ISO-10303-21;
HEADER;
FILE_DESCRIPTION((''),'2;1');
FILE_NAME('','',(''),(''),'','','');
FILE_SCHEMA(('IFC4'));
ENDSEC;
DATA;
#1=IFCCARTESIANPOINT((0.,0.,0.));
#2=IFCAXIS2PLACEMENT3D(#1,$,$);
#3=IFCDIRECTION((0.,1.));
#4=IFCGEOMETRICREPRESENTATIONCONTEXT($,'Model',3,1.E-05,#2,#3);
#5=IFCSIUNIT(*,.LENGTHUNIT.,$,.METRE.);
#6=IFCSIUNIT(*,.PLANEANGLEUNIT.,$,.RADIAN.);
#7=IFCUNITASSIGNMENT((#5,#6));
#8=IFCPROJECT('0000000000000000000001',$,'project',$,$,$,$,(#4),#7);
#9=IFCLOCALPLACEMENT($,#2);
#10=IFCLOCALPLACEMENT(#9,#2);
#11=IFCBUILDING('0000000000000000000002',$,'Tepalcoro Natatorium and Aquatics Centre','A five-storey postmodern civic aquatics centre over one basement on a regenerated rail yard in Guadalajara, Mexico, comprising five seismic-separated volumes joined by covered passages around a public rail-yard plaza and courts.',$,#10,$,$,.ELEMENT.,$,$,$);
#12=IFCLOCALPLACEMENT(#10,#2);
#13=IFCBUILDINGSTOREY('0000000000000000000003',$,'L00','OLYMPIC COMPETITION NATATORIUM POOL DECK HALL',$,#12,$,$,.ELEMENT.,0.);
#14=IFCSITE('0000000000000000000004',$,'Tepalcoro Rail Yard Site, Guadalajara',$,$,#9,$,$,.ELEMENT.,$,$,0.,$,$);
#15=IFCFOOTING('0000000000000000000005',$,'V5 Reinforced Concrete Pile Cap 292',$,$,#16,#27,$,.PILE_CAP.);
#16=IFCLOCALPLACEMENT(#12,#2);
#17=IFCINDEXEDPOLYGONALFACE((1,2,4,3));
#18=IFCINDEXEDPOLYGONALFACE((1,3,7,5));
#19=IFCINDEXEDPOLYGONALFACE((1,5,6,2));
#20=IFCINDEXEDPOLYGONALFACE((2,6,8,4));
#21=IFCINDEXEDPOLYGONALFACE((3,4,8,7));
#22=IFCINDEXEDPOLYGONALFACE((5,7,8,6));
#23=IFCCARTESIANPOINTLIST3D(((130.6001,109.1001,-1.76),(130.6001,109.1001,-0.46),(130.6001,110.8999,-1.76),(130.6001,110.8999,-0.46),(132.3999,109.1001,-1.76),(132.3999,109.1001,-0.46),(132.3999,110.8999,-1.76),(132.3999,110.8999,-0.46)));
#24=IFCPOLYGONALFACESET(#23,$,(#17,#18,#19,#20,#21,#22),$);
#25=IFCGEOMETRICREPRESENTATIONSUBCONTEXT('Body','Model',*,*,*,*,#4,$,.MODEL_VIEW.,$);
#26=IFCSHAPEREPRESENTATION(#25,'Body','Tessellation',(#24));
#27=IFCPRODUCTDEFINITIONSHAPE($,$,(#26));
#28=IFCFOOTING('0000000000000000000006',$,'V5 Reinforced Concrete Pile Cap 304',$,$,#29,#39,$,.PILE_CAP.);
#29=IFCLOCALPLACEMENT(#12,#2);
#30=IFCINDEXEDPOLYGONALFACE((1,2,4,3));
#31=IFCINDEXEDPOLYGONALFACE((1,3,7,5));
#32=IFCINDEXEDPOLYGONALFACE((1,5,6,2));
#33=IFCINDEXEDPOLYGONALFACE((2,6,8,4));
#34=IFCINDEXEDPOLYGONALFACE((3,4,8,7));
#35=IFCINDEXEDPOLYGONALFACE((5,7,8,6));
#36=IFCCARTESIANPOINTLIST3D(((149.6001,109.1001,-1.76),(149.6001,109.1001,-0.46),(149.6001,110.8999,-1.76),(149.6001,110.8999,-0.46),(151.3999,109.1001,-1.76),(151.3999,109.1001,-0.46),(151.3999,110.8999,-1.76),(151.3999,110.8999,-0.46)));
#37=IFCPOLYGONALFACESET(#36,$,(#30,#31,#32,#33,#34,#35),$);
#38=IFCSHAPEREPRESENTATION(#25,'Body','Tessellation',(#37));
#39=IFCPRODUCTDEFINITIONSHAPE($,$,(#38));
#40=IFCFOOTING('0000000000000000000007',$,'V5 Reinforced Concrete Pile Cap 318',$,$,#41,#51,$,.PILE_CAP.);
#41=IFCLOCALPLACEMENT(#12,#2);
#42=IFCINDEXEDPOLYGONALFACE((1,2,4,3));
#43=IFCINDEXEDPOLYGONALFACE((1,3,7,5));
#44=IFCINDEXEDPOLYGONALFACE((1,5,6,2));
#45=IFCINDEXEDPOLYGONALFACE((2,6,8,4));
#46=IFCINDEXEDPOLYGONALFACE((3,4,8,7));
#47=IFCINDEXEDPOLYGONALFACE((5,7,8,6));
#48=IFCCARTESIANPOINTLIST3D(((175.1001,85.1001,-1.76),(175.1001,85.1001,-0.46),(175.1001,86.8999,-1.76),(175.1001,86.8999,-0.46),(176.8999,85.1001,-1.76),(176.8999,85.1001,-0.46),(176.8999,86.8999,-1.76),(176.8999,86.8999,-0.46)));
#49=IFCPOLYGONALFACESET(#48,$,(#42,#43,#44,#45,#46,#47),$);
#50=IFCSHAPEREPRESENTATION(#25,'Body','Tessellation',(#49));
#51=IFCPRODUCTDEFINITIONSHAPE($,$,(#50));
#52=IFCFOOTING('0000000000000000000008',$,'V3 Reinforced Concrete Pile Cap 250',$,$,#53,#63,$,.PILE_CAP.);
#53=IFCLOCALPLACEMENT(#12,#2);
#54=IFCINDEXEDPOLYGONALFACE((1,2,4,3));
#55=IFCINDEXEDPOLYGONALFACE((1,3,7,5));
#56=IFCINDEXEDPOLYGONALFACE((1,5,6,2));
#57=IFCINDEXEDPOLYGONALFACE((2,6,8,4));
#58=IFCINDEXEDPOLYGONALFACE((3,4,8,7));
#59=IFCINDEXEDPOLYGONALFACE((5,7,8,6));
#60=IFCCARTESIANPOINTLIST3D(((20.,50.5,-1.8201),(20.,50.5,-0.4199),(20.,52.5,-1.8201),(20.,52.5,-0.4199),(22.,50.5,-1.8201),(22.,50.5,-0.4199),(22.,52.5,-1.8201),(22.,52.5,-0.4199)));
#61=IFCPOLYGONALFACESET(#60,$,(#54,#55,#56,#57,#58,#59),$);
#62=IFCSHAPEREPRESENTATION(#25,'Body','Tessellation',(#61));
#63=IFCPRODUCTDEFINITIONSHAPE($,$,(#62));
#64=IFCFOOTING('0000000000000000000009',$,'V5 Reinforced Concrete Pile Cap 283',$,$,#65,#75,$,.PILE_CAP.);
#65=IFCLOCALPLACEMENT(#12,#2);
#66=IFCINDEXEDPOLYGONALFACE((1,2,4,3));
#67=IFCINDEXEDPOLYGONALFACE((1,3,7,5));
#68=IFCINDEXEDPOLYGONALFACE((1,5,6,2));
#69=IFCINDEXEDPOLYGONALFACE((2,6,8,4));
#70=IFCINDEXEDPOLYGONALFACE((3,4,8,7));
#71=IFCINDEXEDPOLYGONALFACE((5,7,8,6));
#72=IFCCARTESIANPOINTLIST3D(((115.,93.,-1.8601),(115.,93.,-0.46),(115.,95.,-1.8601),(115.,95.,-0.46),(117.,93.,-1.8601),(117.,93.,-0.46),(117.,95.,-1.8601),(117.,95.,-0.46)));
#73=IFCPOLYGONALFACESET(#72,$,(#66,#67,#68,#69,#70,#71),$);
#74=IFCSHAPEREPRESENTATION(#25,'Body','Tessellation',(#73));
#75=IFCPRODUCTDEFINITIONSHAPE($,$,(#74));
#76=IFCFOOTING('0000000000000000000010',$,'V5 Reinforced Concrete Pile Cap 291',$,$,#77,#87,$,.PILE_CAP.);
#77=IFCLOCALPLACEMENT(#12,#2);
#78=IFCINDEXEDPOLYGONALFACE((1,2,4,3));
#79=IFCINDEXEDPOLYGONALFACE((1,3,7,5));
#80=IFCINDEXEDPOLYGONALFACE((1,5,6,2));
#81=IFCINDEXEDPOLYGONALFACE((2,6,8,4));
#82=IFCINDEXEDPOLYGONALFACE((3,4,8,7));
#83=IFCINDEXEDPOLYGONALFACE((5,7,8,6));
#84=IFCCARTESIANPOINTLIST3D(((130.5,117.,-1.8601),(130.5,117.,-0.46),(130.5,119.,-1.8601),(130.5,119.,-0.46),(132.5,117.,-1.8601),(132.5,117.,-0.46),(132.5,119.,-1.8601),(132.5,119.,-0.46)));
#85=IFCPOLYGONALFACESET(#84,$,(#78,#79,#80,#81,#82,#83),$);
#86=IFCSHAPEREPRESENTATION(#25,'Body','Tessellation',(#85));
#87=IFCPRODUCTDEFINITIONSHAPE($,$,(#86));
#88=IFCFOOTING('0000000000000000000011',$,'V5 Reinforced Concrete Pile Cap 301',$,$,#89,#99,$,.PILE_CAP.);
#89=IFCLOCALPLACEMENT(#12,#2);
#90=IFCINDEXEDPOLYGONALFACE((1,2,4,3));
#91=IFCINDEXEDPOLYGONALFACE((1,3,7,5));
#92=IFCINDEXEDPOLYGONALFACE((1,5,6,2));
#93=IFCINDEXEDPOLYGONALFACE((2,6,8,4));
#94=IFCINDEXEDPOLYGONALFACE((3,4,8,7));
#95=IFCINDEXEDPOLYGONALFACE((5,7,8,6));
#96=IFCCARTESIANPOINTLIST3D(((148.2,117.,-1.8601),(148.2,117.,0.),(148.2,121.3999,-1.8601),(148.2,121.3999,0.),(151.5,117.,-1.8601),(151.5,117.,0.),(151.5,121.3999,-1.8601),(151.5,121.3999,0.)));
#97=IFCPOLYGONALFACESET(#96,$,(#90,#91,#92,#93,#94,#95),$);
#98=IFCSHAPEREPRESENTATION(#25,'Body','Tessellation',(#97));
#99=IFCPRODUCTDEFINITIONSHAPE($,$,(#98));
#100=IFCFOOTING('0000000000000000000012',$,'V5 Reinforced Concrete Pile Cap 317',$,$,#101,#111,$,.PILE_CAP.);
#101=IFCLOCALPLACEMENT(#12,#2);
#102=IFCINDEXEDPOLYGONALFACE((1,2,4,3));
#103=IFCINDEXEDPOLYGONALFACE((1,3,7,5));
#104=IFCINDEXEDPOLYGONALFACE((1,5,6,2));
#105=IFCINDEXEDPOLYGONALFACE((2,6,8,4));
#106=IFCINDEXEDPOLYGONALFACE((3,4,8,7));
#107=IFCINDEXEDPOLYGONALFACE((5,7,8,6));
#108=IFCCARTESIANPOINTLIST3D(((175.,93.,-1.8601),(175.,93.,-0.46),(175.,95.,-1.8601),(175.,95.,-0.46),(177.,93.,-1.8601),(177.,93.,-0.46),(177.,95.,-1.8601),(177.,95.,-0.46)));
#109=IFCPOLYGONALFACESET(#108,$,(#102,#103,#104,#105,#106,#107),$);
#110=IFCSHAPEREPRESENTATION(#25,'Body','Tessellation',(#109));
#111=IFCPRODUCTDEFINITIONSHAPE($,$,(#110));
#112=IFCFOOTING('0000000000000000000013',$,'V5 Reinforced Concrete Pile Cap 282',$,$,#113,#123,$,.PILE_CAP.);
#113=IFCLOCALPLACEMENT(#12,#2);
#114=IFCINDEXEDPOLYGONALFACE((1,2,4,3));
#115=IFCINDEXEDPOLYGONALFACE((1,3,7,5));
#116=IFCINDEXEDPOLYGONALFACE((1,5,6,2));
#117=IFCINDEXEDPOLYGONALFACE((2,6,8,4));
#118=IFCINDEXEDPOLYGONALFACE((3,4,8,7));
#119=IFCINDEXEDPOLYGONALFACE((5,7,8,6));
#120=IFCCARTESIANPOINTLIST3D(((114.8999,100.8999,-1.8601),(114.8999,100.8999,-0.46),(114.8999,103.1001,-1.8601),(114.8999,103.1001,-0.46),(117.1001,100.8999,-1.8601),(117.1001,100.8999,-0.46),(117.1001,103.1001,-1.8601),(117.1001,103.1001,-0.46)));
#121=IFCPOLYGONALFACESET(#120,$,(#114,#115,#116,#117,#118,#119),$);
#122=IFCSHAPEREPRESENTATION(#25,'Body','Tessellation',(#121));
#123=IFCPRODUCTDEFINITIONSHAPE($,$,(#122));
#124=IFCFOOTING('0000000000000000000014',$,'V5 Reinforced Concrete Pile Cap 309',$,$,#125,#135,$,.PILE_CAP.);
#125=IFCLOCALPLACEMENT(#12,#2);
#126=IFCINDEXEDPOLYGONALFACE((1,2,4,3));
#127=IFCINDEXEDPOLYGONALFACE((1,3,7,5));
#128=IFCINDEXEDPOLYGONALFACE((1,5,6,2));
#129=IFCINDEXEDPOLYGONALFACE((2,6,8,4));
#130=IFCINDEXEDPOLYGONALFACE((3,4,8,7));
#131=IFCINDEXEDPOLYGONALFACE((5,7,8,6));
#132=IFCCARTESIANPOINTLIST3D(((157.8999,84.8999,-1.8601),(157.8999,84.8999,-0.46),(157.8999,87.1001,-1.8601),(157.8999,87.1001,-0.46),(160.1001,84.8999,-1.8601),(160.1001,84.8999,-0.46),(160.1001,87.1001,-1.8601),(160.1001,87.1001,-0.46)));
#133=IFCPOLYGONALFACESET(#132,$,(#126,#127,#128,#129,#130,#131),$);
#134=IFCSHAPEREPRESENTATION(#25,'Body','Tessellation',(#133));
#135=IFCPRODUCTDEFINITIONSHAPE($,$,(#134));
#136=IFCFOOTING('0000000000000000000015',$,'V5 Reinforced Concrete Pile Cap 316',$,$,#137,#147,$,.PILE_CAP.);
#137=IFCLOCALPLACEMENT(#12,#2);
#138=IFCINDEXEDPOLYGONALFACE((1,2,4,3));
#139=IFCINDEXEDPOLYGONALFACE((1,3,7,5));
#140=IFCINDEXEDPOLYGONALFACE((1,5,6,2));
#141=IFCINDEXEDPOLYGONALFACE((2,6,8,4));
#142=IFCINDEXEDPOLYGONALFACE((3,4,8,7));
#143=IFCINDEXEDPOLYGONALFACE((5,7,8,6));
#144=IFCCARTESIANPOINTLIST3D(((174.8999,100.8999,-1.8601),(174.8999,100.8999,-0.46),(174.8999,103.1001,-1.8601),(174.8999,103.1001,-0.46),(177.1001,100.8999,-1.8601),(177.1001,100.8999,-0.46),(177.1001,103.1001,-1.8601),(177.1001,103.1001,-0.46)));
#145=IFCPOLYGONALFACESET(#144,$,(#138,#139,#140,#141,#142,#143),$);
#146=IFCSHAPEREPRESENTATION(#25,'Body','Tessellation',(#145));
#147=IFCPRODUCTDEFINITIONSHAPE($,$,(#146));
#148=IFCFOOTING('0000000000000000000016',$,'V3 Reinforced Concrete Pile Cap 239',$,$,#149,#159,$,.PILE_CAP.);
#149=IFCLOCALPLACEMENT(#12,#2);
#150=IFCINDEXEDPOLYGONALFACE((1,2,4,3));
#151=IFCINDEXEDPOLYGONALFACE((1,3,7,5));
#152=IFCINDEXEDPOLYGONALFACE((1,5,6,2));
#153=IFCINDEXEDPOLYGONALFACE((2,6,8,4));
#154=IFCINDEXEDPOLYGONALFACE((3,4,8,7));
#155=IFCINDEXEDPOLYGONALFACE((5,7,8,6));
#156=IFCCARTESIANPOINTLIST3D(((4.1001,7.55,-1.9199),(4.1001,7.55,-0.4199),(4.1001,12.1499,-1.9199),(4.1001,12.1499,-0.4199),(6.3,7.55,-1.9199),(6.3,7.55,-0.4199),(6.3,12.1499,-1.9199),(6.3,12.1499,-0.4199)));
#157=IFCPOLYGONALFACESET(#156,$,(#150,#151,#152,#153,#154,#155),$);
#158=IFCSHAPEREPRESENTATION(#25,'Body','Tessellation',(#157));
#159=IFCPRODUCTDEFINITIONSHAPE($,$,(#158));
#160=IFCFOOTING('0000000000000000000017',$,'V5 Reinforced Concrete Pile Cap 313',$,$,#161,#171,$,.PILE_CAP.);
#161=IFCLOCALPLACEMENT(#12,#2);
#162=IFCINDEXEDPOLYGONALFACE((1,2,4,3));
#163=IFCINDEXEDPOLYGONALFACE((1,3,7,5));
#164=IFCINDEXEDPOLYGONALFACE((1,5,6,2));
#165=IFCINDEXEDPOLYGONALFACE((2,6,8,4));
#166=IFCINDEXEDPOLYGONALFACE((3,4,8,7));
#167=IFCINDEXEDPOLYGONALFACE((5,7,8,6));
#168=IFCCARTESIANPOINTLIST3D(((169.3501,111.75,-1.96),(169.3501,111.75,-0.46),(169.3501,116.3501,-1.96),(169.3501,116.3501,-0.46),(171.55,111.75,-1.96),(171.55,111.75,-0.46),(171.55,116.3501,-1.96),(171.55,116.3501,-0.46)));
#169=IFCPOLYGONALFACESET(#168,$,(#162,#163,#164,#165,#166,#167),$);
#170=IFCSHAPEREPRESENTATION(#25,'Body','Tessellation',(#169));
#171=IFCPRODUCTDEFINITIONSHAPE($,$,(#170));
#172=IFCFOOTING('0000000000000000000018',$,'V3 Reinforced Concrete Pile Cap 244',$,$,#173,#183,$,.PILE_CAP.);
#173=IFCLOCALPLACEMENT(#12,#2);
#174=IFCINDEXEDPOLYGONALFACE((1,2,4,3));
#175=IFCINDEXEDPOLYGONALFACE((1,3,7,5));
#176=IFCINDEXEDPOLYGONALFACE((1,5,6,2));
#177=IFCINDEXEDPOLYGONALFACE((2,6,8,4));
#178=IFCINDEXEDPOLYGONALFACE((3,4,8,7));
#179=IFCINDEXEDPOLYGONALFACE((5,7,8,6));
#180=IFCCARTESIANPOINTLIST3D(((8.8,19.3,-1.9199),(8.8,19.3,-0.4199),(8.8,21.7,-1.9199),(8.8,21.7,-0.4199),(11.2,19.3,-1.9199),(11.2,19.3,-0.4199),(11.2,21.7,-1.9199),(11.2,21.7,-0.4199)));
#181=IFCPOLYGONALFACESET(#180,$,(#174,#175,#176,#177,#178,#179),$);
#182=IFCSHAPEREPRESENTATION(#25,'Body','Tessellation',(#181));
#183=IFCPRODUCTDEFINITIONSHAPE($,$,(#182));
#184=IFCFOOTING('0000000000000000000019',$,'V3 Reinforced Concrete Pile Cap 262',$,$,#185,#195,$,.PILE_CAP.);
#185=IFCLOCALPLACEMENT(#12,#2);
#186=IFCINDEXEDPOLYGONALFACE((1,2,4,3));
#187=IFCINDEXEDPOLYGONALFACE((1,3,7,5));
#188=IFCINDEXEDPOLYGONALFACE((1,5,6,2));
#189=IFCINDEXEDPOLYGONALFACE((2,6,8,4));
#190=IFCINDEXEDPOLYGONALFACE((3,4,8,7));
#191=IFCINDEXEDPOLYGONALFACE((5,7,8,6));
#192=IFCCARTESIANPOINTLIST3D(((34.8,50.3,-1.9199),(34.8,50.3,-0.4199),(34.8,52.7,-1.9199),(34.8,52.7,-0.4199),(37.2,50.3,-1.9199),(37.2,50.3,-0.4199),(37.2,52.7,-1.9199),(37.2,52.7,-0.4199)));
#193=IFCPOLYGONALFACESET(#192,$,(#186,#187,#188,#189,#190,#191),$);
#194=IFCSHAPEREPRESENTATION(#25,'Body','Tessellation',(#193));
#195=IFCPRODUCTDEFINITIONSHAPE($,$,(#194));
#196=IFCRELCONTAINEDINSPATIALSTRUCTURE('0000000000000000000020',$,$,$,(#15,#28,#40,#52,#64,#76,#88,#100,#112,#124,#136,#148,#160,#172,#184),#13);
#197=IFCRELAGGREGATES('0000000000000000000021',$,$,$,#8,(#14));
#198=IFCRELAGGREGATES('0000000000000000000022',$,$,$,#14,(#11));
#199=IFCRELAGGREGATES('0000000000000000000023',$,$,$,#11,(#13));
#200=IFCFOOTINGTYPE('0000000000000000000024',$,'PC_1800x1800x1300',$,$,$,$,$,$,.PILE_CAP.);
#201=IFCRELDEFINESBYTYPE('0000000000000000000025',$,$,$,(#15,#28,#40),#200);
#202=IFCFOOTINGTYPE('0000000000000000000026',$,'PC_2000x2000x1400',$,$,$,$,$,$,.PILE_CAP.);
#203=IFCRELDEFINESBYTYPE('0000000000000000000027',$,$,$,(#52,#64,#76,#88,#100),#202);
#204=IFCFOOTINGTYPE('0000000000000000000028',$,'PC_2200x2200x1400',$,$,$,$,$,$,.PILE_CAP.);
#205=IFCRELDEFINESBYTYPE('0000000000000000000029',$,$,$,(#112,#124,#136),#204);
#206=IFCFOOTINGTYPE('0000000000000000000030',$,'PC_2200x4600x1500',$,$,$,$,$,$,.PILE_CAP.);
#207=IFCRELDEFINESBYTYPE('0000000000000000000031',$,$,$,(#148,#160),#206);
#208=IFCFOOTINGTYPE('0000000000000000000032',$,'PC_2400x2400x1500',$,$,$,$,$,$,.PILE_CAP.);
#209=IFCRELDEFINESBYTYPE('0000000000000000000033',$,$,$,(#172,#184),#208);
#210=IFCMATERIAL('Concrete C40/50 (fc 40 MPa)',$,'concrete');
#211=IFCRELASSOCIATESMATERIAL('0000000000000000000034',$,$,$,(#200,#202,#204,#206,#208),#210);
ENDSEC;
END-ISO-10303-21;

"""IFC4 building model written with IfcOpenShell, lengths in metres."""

from ifc_helpers import new_model, si_unit, direction, frame, origin, place, context, subcontext, project, spatial, polyline, outline, extrude, material, type_object, element, save


model = new_model("IFC4")

# Units and contexts
model_context = context("Model", 3, precision=1e-05, world=origin(), true_north=direction((0.0, 1.0)))
body_context = subcontext(model_context, "Body", "Model", "MODEL_VIEW")
ifc_project = project(units=[si_unit("LENGTHUNIT", "METRE"), si_unit("PLANEANGLEUNIT", "RADIAN")], contexts=[model_context])

# Site, building, storey
site_placement = place(None, origin())
site = spatial("IfcSite", under=ifc_project, at=site_placement, Name="Tepalcoro Rail Yard Site, Guadalajara", CompositionType="ELEMENT", RefElevation=0.0)
building_placement = place(site_placement, origin())
building = spatial("IfcBuilding", under=site, at=building_placement, Name="Tepalcoro Natatorium and Aquatics Centre", Description="A five-storey postmodern civic aquatics centre over one basement on a regenerated rail yard in Guadalajara, Mexico, comprising five seismic-separated volumes joined by covered passages around a public rail-yard plaza and courts.", CompositionType="ELEMENT")
storey_placement = place(building_placement, origin())
storey = spatial("IfcBuildingStorey", under=building, at=storey_placement, Name="L00", Description="OLYMPIC COMPETITION NATATORIUM POOL DECK HALL", CompositionType="ELEMENT", Elevation=0.0)

# Footings
ifc_material = material(Name="Concrete C40/50 (fc 40 MPa)", Category="concrete")
footing_type_1 = type_object("IfcFootingType", Name="PC_1800x1800x1300", PredefinedType="PILE_CAP", material=ifc_material)
footing_1_placement = place(storey_placement, frame((0.0, 0.0, -1.76)))
element("IfcFooting", 1, at=footing_1_placement, inside=storey, type_object=footing_type_1, Name="V5 Reinforced Concrete Pile Cap 292", PredefinedType="PILE_CAP", context=body_context, shape_type="SweptSolid", body=[
    extrude(outline(polyline([(130.6001, 109.1001), (132.3999, 109.1001), (132.3999, 110.8999), (130.6001, 110.8999), (130.6001, 109.1001)])), origin(), (0.0, 0.0, 1.0), 1.3),
])
footing_2_placement = place(storey_placement, frame((0.0, 0.0, -1.76)))
element("IfcFooting", 2, at=footing_2_placement, inside=storey, type_object=footing_type_1, Name="V5 Reinforced Concrete Pile Cap 304", PredefinedType="PILE_CAP", context=body_context, shape_type="SweptSolid", body=[
    extrude(outline(polyline([(149.6001, 109.1001), (151.3999, 109.1001), (151.3999, 110.8999), (149.6001, 110.8999), (149.6001, 109.1001)])), origin(), (0.0, 0.0, 1.0), 1.3),
])
footing_3_placement = place(storey_placement, frame((0.0, 0.0, -1.76)))
element("IfcFooting", 3, at=footing_3_placement, inside=storey, type_object=footing_type_1, Name="V5 Reinforced Concrete Pile Cap 318", PredefinedType="PILE_CAP", context=body_context, shape_type="SweptSolid", body=[
    extrude(outline(polyline([(175.1001, 85.1001), (176.8999, 85.1001), (176.8999, 86.8999), (175.1001, 86.8999), (175.1001, 85.1001)])), origin(), (0.0, 0.0, 1.0), 1.3),
])
footing_type_2 = type_object("IfcFootingType", Name="PC_2000x2000x1400", PredefinedType="PILE_CAP", material=ifc_material)
footing_4_placement = place(storey_placement, frame((0.0, 0.0, -1.8201)))
element("IfcFooting", 4, at=footing_4_placement, inside=storey, type_object=footing_type_2, Name="V3 Reinforced Concrete Pile Cap 250", PredefinedType="PILE_CAP", context=body_context, shape_type="SweptSolid", body=[
    extrude(outline(polyline([(20.0, 50.5), (22.0, 50.5), (22.0, 52.5), (20.0, 52.5), (20.0, 50.5)])), origin(), (0.0, 0.0, 1.0), 1.4001),
])
footing_5_placement = place(storey_placement, frame((0.0, 0.0, -1.8601)))
element("IfcFooting", 5, at=footing_5_placement, inside=storey, type_object=footing_type_2, Name="V5 Reinforced Concrete Pile Cap 283", PredefinedType="PILE_CAP", context=body_context, shape_type="SweptSolid", body=[
    extrude(outline(polyline([(115.0, 93.0), (117.0, 93.0), (117.0, 95.0), (115.0, 95.0), (115.0, 93.0)])), origin(), (0.0, 0.0, 1.0), 1.4001),
])
footing_6_placement = place(storey_placement, frame((0.0, 0.0, -1.8601)))
element("IfcFooting", 6, at=footing_6_placement, inside=storey, type_object=footing_type_2, Name="V5 Reinforced Concrete Pile Cap 291", PredefinedType="PILE_CAP", context=body_context, shape_type="SweptSolid", body=[
    extrude(outline(polyline([(130.5, 117.0), (132.5, 117.0), (132.5, 119.0), (130.5, 119.0), (130.5, 117.0)])), origin(), (0.0, 0.0, 1.0), 1.4001),
])
footing_7_placement = place(storey_placement, frame((0.0, 0.0, -1.8601)))
element("IfcFooting", 7, at=footing_7_placement, inside=storey, type_object=footing_type_2, Name="V5 Reinforced Concrete Pile Cap 301", PredefinedType="PILE_CAP", context=body_context, shape_type="SweptSolid", body=[
    extrude(outline(polyline([(148.2, 117.0), (151.5, 117.0), (151.5, 121.3999), (148.2, 121.3999), (148.2, 117.0)])), origin(), (0.0, 0.0, 1.0), 1.8601),
])
footing_8_placement = place(storey_placement, frame((0.0, 0.0, -1.8601)))
element("IfcFooting", 8, at=footing_8_placement, inside=storey, type_object=footing_type_2, Name="V5 Reinforced Concrete Pile Cap 317", PredefinedType="PILE_CAP", context=body_context, shape_type="SweptSolid", body=[
    extrude(outline(polyline([(175.0, 93.0), (177.0, 93.0), (177.0, 95.0), (175.0, 95.0), (175.0, 93.0)])), origin(), (0.0, 0.0, 1.0), 1.4001),
])
footing_type_3 = type_object("IfcFootingType", Name="PC_2200x2200x1400", PredefinedType="PILE_CAP", material=ifc_material)
footing_9_placement = place(storey_placement, frame((0.0, 0.0, -1.8601)))
element("IfcFooting", 9, at=footing_9_placement, inside=storey, type_object=footing_type_3, Name="V5 Reinforced Concrete Pile Cap 282", PredefinedType="PILE_CAP", context=body_context, shape_type="SweptSolid", body=[
    extrude(outline(polyline([(114.8999, 100.8999), (117.1001, 100.8999), (117.1001, 103.1001), (114.8999, 103.1001), (114.8999, 100.8999)])), origin(), (0.0, 0.0, 1.0), 1.4001),
])
footing_10_placement = place(storey_placement, frame((0.0, 0.0, -1.8601)))
element("IfcFooting", 10, at=footing_10_placement, inside=storey, type_object=footing_type_3, Name="V5 Reinforced Concrete Pile Cap 309", PredefinedType="PILE_CAP", context=body_context, shape_type="SweptSolid", body=[
    extrude(outline(polyline([(157.8999, 84.8999), (160.1001, 84.8999), (160.1001, 87.1001), (157.8999, 87.1001), (157.8999, 84.8999)])), origin(), (0.0, 0.0, 1.0), 1.4001),
])
footing_11_placement = place(storey_placement, frame((0.0, 0.0, -1.8601)))
element("IfcFooting", 11, at=footing_11_placement, inside=storey, type_object=footing_type_3, Name="V5 Reinforced Concrete Pile Cap 316", PredefinedType="PILE_CAP", context=body_context, shape_type="SweptSolid", body=[
    extrude(outline(polyline([(174.8999, 100.8999), (177.1001, 100.8999), (177.1001, 103.1001), (174.8999, 103.1001), (174.8999, 100.8999)])), origin(), (0.0, 0.0, 1.0), 1.4001),
])
footing_type_4 = type_object("IfcFootingType", Name="PC_2200x4600x1500", PredefinedType="PILE_CAP", material=ifc_material)
footing_12_placement = place(storey_placement, frame((0.0, 0.0, -1.9199)))
element("IfcFooting", 12, at=footing_12_placement, inside=storey, type_object=footing_type_4, Name="V3 Reinforced Concrete Pile Cap 239", PredefinedType="PILE_CAP", context=body_context, shape_type="SweptSolid", body=[
    extrude(outline(polyline([(4.1001, 7.55), (6.3, 7.55), (6.3, 12.1499), (4.1001, 12.1499), (4.1001, 7.55)])), origin(), (0.0, 0.0, 1.0), 1.5),
])
footing_13_placement = place(storey_placement, frame((0.0, 0.0, -1.96)))
element("IfcFooting", 13, at=footing_13_placement, inside=storey, type_object=footing_type_4, Name="V5 Reinforced Concrete Pile Cap 313", PredefinedType="PILE_CAP", context=body_context, shape_type="SweptSolid", body=[
    extrude(outline(polyline([(169.3501, 111.75), (171.55, 111.75), (171.55, 116.3501), (169.3501, 116.3501), (169.3501, 111.75)])), origin(), (0.0, 0.0, 1.0), 1.5),
])
footing_type_5 = type_object("IfcFootingType", Name="PC_2400x2400x1500", PredefinedType="PILE_CAP", material=ifc_material)
footing_14_placement = place(storey_placement, frame((0.0, 0.0, -1.9199)))
element("IfcFooting", 14, at=footing_14_placement, inside=storey, type_object=footing_type_5, Name="V3 Reinforced Concrete Pile Cap 244", PredefinedType="PILE_CAP", context=body_context, shape_type="SweptSolid", body=[
    extrude(outline(polyline([(8.8, 19.3), (11.2, 19.3), (11.2, 21.7), (8.8, 21.7), (8.8, 19.3)])), origin(), (0.0, 0.0, 1.0), 1.5),
])
footing_15_placement = place(storey_placement, frame((0.0, 0.0, -1.9199)))
element("IfcFooting", 15, at=footing_15_placement, inside=storey, type_object=footing_type_5, Name="V3 Reinforced Concrete Pile Cap 262", PredefinedType="PILE_CAP", context=body_context, shape_type="SweptSolid", body=[
    extrude(outline(polyline([(34.8, 50.3), (37.2, 50.3), (37.2, 52.7), (34.8, 52.7), (34.8, 50.3)])), origin(), (0.0, 0.0, 1.0), 1.5),
])

save(model, "model.ifc")
